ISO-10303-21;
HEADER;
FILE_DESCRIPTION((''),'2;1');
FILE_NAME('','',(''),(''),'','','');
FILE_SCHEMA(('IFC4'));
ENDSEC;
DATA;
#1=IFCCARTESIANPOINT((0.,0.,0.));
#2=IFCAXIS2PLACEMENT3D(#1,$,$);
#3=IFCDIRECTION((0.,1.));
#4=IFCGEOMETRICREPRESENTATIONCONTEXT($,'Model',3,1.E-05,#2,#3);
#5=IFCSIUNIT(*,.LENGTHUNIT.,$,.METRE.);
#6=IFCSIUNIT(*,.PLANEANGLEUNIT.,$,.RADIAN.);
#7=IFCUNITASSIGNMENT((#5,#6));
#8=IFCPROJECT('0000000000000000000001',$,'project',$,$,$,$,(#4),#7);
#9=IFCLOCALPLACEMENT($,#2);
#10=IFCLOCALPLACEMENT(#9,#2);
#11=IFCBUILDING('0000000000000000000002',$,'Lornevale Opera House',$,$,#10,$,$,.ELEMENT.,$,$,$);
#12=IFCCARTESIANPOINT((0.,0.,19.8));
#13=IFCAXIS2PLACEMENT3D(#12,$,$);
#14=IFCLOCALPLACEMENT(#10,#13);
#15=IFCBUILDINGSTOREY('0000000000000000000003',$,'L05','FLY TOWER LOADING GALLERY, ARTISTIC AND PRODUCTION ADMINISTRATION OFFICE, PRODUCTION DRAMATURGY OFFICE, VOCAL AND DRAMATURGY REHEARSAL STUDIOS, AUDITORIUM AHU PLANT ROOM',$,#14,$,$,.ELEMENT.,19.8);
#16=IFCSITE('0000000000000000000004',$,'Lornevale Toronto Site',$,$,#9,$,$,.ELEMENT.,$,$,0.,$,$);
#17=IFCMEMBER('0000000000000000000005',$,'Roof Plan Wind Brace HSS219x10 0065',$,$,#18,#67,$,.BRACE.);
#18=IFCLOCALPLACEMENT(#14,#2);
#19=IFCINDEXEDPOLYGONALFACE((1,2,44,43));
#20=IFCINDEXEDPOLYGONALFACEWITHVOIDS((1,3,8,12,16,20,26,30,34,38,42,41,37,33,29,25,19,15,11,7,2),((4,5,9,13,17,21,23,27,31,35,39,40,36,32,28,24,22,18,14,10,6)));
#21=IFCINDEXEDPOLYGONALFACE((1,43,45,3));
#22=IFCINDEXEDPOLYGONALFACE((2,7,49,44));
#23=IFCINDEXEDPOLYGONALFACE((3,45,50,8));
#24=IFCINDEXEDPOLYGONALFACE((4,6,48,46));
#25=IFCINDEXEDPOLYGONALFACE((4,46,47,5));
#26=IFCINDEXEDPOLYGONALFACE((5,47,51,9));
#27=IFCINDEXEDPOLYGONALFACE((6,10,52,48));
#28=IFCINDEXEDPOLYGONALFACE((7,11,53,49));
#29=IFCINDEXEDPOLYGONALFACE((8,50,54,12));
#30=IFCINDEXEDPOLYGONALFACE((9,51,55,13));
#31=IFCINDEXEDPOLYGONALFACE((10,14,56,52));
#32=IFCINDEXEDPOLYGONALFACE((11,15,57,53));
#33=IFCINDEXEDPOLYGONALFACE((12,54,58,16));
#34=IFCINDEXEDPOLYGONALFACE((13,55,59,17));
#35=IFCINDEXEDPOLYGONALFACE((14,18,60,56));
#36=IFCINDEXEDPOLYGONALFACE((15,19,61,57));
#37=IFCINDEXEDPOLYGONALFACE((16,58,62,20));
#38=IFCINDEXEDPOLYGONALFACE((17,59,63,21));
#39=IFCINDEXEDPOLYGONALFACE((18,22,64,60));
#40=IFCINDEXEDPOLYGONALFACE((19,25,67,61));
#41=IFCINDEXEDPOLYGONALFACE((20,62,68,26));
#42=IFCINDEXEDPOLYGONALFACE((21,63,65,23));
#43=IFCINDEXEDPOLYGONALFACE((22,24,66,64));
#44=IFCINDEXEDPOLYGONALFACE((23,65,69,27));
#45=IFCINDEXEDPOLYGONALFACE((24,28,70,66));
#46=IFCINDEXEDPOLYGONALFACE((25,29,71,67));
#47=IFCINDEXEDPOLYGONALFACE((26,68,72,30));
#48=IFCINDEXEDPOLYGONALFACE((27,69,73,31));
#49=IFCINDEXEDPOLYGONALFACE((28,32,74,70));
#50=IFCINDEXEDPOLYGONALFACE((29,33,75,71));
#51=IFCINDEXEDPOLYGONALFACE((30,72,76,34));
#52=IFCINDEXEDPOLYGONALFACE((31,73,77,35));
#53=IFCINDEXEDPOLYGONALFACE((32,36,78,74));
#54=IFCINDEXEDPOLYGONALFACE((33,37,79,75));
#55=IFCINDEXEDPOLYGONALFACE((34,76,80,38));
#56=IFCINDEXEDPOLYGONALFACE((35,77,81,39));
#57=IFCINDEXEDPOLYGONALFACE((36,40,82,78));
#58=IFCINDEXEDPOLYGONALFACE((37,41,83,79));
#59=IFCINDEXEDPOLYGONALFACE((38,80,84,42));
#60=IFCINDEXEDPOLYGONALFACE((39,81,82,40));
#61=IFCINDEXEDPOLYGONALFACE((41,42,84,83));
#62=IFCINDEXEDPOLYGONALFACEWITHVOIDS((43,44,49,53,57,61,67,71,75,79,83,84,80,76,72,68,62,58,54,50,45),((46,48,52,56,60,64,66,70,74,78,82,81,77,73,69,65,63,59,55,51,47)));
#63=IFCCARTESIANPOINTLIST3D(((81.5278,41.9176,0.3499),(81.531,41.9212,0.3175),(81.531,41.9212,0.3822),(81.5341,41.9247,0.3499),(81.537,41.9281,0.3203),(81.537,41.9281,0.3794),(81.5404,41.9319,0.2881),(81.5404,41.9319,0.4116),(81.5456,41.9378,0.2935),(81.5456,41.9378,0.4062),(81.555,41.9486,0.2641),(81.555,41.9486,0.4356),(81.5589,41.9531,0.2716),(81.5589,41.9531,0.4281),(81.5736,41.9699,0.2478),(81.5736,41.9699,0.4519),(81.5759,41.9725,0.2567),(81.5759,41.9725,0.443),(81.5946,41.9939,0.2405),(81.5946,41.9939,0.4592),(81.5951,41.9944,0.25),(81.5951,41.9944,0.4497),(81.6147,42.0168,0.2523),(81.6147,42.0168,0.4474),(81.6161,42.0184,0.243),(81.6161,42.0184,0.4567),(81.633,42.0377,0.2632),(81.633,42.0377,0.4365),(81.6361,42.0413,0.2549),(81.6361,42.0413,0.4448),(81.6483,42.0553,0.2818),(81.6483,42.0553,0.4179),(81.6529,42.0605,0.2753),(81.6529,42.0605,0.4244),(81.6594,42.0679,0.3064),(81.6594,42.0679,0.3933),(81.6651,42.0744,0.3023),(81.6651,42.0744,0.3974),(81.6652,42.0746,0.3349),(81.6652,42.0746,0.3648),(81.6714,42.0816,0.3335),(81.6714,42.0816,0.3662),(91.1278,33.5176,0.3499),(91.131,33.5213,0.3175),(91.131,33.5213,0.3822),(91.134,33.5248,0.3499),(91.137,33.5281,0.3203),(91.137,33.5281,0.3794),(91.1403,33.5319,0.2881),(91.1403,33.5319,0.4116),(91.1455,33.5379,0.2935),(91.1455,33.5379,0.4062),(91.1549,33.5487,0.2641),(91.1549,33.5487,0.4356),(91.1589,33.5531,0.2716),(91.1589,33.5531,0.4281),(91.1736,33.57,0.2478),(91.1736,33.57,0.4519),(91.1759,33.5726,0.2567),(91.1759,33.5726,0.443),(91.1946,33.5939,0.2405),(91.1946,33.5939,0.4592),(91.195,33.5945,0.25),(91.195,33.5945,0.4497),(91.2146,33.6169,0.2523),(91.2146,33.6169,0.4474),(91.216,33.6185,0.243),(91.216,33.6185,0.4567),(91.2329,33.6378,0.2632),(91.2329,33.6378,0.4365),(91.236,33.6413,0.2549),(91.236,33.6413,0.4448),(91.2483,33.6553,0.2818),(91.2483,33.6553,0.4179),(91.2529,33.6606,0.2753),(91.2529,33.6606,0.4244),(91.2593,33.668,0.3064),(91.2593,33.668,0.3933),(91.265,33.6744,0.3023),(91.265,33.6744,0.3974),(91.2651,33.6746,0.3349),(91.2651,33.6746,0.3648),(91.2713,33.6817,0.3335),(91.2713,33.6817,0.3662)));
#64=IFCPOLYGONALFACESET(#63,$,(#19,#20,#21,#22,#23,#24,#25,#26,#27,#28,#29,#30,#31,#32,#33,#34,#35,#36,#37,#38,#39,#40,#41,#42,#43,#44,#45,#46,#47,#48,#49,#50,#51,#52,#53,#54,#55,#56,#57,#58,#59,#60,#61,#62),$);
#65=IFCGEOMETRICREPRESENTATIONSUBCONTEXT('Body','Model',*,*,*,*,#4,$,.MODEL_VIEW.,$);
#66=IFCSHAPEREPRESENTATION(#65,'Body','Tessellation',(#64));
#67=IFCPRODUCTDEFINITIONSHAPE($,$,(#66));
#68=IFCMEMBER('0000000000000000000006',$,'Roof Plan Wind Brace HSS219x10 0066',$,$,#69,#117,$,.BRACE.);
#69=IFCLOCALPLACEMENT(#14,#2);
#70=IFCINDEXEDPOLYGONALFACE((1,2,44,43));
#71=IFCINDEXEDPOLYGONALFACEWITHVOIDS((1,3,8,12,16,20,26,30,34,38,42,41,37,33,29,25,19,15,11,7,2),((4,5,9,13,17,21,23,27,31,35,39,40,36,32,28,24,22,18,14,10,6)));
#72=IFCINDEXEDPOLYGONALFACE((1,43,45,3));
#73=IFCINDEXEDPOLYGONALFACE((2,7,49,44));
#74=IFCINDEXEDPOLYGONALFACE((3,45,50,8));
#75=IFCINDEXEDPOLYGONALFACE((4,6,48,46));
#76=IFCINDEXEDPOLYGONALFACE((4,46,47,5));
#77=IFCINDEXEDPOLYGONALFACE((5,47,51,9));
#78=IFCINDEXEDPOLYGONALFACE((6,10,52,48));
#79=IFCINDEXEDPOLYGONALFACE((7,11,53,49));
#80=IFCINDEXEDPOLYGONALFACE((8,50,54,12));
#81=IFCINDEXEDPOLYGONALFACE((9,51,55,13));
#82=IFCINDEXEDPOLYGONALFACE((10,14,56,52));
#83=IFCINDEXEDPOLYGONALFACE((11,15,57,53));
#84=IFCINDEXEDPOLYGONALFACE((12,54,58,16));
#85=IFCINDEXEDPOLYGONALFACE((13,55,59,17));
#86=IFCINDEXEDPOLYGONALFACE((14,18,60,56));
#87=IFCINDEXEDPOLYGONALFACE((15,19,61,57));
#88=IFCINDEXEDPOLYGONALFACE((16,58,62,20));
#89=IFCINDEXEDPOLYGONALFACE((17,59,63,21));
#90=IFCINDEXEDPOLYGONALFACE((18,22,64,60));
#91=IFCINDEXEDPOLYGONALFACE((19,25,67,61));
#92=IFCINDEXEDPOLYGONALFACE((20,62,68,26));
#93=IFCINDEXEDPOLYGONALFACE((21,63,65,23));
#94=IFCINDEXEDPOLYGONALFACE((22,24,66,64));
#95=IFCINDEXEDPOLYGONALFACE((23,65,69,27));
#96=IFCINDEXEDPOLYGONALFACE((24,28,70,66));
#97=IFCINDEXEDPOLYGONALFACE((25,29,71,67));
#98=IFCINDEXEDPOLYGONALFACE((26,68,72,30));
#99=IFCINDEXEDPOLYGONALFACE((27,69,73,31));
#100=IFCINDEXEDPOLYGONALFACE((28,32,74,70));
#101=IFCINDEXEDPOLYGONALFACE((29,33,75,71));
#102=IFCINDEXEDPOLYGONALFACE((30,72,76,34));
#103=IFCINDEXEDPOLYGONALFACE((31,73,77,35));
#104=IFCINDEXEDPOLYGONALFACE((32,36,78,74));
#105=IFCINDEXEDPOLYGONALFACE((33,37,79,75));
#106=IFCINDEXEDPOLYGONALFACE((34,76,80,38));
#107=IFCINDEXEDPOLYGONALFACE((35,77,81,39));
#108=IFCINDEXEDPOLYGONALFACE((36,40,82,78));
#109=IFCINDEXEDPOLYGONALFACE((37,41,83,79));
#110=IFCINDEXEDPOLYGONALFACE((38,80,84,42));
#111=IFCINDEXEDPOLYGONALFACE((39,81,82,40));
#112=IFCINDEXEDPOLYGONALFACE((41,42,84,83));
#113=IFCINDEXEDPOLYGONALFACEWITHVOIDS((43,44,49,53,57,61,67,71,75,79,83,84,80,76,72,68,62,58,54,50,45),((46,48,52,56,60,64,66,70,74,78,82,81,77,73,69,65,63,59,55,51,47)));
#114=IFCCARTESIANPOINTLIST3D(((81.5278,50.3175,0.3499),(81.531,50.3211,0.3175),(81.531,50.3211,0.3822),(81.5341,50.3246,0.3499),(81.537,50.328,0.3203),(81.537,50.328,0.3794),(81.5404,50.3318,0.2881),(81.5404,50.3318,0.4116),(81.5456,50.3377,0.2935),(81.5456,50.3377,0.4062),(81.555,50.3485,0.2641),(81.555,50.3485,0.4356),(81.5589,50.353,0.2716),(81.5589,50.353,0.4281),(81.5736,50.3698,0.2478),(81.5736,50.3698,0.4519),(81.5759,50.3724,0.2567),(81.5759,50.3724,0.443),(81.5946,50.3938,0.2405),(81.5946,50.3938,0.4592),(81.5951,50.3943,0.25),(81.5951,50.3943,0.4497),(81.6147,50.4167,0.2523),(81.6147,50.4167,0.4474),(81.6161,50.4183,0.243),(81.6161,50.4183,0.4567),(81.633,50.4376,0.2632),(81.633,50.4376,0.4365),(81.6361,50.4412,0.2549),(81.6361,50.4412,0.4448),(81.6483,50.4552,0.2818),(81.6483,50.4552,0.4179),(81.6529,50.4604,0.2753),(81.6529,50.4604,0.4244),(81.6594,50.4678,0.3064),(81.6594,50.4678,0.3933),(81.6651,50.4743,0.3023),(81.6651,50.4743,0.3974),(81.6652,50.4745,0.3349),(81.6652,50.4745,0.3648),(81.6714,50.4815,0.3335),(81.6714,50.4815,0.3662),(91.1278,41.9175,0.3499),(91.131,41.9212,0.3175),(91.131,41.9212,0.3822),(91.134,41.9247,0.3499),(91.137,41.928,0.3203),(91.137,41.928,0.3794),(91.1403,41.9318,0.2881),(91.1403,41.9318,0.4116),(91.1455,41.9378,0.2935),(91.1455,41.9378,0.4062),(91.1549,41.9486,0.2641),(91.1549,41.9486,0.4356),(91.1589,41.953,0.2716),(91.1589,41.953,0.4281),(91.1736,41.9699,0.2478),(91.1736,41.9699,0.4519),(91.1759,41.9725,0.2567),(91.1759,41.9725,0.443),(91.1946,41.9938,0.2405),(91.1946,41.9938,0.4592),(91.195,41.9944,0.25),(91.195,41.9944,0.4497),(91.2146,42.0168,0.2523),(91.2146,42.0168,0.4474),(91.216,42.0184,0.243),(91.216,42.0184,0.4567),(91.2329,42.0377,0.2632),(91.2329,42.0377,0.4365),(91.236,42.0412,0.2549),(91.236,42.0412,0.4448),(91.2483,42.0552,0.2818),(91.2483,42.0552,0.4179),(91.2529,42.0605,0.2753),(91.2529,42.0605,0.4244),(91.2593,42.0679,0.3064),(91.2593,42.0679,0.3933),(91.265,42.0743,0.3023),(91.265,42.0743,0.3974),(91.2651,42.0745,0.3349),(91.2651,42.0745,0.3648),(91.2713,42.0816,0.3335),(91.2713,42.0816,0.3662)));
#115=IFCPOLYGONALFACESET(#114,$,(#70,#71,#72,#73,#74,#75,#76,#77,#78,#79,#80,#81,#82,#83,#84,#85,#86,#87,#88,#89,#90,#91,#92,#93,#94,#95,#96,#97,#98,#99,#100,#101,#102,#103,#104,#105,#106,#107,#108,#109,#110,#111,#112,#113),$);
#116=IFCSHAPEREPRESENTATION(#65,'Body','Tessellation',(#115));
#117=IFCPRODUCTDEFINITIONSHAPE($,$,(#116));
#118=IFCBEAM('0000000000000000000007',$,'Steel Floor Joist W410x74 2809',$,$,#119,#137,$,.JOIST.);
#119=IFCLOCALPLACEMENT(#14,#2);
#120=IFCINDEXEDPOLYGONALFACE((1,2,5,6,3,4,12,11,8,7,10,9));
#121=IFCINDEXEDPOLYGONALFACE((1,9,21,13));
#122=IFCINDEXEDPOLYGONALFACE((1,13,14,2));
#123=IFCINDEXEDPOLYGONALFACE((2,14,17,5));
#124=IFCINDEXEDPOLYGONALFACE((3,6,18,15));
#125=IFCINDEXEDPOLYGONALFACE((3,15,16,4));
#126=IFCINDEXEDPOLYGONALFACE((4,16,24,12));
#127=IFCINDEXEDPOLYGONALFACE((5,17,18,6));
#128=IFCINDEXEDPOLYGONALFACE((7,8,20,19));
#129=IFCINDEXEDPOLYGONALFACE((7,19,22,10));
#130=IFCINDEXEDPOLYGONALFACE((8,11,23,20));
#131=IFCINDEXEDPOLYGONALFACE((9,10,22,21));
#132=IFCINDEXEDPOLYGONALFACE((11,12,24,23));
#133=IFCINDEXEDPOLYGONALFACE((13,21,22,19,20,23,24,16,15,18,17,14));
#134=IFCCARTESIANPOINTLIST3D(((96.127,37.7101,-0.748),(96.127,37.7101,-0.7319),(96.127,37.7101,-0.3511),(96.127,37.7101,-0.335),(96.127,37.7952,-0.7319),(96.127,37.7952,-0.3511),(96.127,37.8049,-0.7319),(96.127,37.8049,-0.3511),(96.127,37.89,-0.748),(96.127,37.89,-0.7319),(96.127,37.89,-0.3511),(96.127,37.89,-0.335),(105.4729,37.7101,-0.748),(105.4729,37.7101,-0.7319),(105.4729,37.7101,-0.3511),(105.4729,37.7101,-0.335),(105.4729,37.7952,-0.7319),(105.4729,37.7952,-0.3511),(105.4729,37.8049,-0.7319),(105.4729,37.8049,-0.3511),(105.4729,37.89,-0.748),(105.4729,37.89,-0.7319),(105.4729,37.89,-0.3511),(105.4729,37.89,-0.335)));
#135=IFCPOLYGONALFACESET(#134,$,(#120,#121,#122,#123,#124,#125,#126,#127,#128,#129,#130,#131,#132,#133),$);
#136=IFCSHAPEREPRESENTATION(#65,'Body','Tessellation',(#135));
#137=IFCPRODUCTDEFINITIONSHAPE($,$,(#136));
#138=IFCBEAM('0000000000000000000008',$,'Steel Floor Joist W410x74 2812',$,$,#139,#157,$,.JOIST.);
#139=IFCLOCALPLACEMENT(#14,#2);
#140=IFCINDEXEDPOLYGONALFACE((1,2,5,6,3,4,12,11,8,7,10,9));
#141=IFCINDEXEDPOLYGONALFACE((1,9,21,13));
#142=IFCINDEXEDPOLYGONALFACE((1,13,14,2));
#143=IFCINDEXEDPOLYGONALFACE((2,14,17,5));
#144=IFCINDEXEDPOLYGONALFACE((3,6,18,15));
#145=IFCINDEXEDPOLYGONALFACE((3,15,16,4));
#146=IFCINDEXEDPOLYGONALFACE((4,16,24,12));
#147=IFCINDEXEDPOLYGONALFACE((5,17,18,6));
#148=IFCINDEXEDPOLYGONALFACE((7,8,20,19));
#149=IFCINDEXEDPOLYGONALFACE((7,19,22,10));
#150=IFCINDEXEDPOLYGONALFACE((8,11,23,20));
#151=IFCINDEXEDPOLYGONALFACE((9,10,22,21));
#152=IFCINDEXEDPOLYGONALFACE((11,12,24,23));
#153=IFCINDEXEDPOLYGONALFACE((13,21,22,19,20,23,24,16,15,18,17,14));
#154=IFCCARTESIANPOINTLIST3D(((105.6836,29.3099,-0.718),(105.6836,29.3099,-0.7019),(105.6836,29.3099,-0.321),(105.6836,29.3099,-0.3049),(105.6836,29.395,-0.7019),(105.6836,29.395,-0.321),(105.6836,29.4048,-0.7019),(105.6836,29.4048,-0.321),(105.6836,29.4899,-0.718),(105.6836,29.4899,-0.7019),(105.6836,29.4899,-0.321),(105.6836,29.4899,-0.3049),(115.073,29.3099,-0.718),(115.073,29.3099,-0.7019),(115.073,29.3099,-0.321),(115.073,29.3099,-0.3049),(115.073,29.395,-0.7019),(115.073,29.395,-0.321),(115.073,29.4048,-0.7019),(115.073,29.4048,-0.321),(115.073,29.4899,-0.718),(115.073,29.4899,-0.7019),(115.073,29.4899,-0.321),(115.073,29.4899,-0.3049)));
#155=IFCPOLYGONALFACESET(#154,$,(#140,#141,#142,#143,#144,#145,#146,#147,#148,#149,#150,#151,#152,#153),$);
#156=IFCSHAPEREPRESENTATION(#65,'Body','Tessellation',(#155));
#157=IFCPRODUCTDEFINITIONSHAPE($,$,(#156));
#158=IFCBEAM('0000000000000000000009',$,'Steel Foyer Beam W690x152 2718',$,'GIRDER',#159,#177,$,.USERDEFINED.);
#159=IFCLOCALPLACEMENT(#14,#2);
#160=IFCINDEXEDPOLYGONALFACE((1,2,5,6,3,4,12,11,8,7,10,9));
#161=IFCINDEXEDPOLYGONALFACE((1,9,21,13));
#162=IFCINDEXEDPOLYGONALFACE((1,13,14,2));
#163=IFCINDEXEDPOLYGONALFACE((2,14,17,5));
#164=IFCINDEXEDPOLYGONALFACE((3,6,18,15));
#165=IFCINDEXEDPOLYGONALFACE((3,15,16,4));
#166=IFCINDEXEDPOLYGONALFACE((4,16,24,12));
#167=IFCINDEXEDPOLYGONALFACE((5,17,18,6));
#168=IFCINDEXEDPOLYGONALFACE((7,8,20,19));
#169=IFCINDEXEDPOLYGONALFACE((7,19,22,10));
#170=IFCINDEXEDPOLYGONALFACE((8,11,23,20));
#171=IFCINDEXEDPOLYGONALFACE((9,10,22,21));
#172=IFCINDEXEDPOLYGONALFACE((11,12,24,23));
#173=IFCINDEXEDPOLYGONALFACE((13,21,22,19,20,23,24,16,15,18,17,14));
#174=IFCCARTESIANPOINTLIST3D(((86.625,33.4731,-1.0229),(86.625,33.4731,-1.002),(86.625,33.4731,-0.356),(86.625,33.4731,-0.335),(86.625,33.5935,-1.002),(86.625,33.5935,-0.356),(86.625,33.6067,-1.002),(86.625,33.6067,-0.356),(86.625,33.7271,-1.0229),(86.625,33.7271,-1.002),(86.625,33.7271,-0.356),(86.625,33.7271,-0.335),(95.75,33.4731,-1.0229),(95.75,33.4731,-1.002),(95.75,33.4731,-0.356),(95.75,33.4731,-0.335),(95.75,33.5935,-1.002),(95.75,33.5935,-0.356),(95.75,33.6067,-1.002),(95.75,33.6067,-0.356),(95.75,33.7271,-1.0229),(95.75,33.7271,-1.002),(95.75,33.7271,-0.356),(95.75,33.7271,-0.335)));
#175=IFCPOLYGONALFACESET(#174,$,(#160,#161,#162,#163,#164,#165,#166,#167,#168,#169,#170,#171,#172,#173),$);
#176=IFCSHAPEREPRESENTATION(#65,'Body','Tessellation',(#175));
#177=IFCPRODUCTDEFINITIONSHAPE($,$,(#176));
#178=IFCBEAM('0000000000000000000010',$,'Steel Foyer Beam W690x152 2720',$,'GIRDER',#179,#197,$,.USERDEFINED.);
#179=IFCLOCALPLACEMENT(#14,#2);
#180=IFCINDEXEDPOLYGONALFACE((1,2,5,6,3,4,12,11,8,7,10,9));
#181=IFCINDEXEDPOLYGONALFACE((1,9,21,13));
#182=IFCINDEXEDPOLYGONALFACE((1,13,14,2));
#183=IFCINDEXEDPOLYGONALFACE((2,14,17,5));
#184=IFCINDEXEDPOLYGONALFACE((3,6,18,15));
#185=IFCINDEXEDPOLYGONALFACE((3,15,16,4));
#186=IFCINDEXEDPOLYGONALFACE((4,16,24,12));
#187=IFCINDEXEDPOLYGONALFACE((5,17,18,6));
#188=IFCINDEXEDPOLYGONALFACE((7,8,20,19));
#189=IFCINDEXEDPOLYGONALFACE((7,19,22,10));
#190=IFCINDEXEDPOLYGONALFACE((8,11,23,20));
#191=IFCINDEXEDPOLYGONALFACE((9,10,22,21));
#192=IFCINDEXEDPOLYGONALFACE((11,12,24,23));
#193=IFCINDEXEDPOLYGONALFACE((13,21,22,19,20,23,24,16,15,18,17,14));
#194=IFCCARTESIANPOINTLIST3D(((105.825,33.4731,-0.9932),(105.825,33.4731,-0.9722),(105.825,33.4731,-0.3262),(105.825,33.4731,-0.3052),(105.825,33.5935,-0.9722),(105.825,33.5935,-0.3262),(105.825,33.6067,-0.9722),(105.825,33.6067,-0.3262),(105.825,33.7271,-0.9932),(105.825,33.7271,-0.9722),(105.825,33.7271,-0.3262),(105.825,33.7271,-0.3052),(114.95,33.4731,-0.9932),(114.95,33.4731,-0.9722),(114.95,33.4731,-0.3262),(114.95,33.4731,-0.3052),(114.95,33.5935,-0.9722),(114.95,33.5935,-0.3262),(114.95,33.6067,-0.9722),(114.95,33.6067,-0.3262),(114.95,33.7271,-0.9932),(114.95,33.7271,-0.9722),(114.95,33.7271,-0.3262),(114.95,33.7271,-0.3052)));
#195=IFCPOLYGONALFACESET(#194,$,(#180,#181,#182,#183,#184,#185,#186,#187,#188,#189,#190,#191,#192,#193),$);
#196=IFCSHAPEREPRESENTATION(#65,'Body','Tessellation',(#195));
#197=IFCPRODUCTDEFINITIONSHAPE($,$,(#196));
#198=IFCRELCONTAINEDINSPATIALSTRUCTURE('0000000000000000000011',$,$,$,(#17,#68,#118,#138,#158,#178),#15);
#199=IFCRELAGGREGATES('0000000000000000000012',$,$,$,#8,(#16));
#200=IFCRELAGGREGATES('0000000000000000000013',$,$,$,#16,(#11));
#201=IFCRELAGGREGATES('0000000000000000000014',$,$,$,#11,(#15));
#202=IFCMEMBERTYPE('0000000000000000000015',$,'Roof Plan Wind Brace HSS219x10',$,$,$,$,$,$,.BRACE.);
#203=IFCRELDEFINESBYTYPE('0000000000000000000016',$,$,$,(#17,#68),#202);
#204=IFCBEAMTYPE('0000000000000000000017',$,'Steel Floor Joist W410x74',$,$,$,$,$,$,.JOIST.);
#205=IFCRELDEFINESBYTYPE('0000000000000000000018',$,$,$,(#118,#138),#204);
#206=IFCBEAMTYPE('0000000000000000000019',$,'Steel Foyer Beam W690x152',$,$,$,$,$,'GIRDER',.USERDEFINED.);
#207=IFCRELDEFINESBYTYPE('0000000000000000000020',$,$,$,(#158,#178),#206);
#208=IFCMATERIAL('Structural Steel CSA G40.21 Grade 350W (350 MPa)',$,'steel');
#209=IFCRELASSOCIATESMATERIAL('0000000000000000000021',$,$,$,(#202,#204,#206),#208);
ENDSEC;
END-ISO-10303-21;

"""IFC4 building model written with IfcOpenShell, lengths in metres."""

from ifc_helpers import new_model, si_unit, direction, frame, origin, origin_2d, place, context, subcontext, project, spatial, hollow_circle, i_section, extrude, material, material_profile, profile_set, type_object, element, save


model = new_model("IFC4")

# Units and contexts
model_context = context("Model", 3, precision=1e-05, world=origin(), true_north=direction((0.0, 1.0)))
body_context = subcontext(model_context, "Body", "Model", "MODEL_VIEW")
ifc_project = project(units=[si_unit("LENGTHUNIT", "METRE"), si_unit("PLANEANGLEUNIT", "RADIAN")], contexts=[model_context])

# Site, building, storey
site_placement = place(None, origin())
site = spatial("IfcSite", under=ifc_project, at=site_placement, Name="Lornevale Toronto Site", CompositionType="ELEMENT", RefElevation=0.0)
building_placement = place(site_placement, origin())
building = spatial("IfcBuilding", under=site, at=building_placement, Name="Lornevale Opera House", CompositionType="ELEMENT")
storey_placement = place(building_placement, frame((0.0, 0.0, 19.8)))
storey = spatial("IfcBuildingStorey", under=building, at=storey_placement, Name="L05", Description="FLY TOWER LOADING GALLERY, ARTISTIC AND PRODUCTION ADMINISTRATION OFFICE, PRODUCTION DRAMATURGY OFFICE, VOCAL AND DRAMATURGY REHEARSAL STUDIOS, AUDITORIUM AHU PLANT ROOM", CompositionType="ELEMENT", Elevation=19.8)

# Shared definitions
ifc_material_1 = material(Name="Structural Steel CSA G40.21 Grade 350W (350 MPa)", Category="steel")

# Members
ifc_material_profile_1 = material_profile(ifc_material_1, hollow_circle(Radius=0.1096, WallThickness=0.0095, at=origin_2d()), Name="HSS219x10")
ifc_profile_set_1 = profile_set([ifc_material_profile_1], Name="Structural Steel CSA G40.21 Grade 350W (350 MPa)")
member_type_1 = type_object("IfcMemberType", Name="Roof Plan Wind Brace HSS219x10", PredefinedType="BRACE", material=ifc_profile_set_1)
for number, where, z_axis, x_axis, name in (
    (1, (91.2, 33.6001, 0.3499), (-0.752576, 0.658506, 0.0), (-0.658506, -0.752576, 0.0), "Roof Plan Wind Brace HSS219x10 0065"),
    (2, (91.2, 42.0, 0.3499), (-0.752576, 0.658506, 0.0), (-0.658506, -0.752576, 0.0), "Roof Plan Wind Brace HSS219x10 0066"),
):
    element("IfcMember", number, at=place(storey_placement, frame(where, z_axis=z_axis, x_axis=x_axis)), inside=storey, type_object=member_type_1, Name=name, PredefinedType="BRACE", context=body_context, shape_type="SweptSolid", body=[
        extrude(hollow_circle(Radius=0.1096, WallThickness=0.0095, at=origin_2d()), origin(), (0.0, 0.0, 1.0), 12.7561),
    ])

# Beams
ifc_material_profile_2 = material_profile(ifc_material_1, i_section(OverallWidth=0.1799, OverallDepth=0.4131, WebThickness=0.0098, FlangeThickness=0.0161, at=origin_2d()), Name="W410x74")
ifc_profile_set_2 = profile_set([ifc_material_profile_2], Name="Structural Steel CSA G40.21 Grade 350W (350 MPa)")
beam_type_1 = type_object("IfcBeamType", Name="Steel Floor Joist W410x74", PredefinedType="JOIST", material=ifc_profile_set_2)
beam_1_placement = place(storey_placement, frame((96.127, 37.8, -0.5415), z_axis=(1.0, 0.0, 0.0), x_axis=(0.0, 1.0, 0.0)))
element("IfcBeam", 3, at=beam_1_placement, inside=storey, type_object=beam_type_1, Name="Steel Floor Joist W410x74 2809", PredefinedType="JOIST", context=body_context, shape_type="SweptSolid", body=[
    extrude(i_section(OverallWidth=0.1799, OverallDepth=0.4131, WebThickness=0.0098, FlangeThickness=0.0161, at=origin_2d()), origin(), (0.0, 0.0, 1.0), 9.3459),
])
beam_2_placement = place(storey_placement, frame((105.6836, 29.3999, -0.5115), z_axis=(1.0, 0.0, 0.0), x_axis=(0.0, 1.0, 0.0)))
element("IfcBeam", 4, at=beam_2_placement, inside=storey, type_object=beam_type_1, Name="Steel Floor Joist W410x74 2812", PredefinedType="JOIST", context=body_context, shape_type="SweptSolid", body=[
    extrude(i_section(OverallWidth=0.1799, OverallDepth=0.4131, WebThickness=0.0098, FlangeThickness=0.0161, at=origin_2d()), origin(), (0.0, 0.0, 1.0), 9.3894),
])
ifc_material_profile_3 = material_profile(ifc_material_1, i_section(OverallWidth=0.2539, OverallDepth=0.688, WebThickness=0.0132, FlangeThickness=0.021, at=origin_2d()), Name="W690x152")
ifc_profile_set_3 = profile_set([ifc_material_profile_3], Name="Structural Steel CSA G40.21 Grade 350W (350 MPa)")
beam_type_2 = type_object("IfcBeamType", Name="Steel Foyer Beam W690x152", ElementType="GIRDER", PredefinedType="USERDEFINED", material=ifc_profile_set_3)
for number, where, z_axis, x_axis, name in (
    (5, (86.625, 33.6001, -0.679), (1.0, 0.0, 0.0), (0.0, 1.0, 0.0), "Steel Foyer Beam W690x152 2718"),
    (6, (105.825, 33.6001, -0.6492), (1.0, 0.0, 0.0), (0.0, 1.0, 0.0), "Steel Foyer Beam W690x152 2720"),
):
    element("IfcBeam", number, at=place(storey_placement, frame(where, z_axis=z_axis, x_axis=x_axis)), inside=storey, type_object=beam_type_2, Name=name, ObjectType="GIRDER", PredefinedType="USERDEFINED", context=body_context, shape_type="SweptSolid", body=[
        extrude(i_section(OverallWidth=0.2539, OverallDepth=0.688, WebThickness=0.0132, FlangeThickness=0.021, at=origin_2d()), origin(), (0.0, 0.0, 1.0), 9.125),
    ])

save(model, "model.ifc")
